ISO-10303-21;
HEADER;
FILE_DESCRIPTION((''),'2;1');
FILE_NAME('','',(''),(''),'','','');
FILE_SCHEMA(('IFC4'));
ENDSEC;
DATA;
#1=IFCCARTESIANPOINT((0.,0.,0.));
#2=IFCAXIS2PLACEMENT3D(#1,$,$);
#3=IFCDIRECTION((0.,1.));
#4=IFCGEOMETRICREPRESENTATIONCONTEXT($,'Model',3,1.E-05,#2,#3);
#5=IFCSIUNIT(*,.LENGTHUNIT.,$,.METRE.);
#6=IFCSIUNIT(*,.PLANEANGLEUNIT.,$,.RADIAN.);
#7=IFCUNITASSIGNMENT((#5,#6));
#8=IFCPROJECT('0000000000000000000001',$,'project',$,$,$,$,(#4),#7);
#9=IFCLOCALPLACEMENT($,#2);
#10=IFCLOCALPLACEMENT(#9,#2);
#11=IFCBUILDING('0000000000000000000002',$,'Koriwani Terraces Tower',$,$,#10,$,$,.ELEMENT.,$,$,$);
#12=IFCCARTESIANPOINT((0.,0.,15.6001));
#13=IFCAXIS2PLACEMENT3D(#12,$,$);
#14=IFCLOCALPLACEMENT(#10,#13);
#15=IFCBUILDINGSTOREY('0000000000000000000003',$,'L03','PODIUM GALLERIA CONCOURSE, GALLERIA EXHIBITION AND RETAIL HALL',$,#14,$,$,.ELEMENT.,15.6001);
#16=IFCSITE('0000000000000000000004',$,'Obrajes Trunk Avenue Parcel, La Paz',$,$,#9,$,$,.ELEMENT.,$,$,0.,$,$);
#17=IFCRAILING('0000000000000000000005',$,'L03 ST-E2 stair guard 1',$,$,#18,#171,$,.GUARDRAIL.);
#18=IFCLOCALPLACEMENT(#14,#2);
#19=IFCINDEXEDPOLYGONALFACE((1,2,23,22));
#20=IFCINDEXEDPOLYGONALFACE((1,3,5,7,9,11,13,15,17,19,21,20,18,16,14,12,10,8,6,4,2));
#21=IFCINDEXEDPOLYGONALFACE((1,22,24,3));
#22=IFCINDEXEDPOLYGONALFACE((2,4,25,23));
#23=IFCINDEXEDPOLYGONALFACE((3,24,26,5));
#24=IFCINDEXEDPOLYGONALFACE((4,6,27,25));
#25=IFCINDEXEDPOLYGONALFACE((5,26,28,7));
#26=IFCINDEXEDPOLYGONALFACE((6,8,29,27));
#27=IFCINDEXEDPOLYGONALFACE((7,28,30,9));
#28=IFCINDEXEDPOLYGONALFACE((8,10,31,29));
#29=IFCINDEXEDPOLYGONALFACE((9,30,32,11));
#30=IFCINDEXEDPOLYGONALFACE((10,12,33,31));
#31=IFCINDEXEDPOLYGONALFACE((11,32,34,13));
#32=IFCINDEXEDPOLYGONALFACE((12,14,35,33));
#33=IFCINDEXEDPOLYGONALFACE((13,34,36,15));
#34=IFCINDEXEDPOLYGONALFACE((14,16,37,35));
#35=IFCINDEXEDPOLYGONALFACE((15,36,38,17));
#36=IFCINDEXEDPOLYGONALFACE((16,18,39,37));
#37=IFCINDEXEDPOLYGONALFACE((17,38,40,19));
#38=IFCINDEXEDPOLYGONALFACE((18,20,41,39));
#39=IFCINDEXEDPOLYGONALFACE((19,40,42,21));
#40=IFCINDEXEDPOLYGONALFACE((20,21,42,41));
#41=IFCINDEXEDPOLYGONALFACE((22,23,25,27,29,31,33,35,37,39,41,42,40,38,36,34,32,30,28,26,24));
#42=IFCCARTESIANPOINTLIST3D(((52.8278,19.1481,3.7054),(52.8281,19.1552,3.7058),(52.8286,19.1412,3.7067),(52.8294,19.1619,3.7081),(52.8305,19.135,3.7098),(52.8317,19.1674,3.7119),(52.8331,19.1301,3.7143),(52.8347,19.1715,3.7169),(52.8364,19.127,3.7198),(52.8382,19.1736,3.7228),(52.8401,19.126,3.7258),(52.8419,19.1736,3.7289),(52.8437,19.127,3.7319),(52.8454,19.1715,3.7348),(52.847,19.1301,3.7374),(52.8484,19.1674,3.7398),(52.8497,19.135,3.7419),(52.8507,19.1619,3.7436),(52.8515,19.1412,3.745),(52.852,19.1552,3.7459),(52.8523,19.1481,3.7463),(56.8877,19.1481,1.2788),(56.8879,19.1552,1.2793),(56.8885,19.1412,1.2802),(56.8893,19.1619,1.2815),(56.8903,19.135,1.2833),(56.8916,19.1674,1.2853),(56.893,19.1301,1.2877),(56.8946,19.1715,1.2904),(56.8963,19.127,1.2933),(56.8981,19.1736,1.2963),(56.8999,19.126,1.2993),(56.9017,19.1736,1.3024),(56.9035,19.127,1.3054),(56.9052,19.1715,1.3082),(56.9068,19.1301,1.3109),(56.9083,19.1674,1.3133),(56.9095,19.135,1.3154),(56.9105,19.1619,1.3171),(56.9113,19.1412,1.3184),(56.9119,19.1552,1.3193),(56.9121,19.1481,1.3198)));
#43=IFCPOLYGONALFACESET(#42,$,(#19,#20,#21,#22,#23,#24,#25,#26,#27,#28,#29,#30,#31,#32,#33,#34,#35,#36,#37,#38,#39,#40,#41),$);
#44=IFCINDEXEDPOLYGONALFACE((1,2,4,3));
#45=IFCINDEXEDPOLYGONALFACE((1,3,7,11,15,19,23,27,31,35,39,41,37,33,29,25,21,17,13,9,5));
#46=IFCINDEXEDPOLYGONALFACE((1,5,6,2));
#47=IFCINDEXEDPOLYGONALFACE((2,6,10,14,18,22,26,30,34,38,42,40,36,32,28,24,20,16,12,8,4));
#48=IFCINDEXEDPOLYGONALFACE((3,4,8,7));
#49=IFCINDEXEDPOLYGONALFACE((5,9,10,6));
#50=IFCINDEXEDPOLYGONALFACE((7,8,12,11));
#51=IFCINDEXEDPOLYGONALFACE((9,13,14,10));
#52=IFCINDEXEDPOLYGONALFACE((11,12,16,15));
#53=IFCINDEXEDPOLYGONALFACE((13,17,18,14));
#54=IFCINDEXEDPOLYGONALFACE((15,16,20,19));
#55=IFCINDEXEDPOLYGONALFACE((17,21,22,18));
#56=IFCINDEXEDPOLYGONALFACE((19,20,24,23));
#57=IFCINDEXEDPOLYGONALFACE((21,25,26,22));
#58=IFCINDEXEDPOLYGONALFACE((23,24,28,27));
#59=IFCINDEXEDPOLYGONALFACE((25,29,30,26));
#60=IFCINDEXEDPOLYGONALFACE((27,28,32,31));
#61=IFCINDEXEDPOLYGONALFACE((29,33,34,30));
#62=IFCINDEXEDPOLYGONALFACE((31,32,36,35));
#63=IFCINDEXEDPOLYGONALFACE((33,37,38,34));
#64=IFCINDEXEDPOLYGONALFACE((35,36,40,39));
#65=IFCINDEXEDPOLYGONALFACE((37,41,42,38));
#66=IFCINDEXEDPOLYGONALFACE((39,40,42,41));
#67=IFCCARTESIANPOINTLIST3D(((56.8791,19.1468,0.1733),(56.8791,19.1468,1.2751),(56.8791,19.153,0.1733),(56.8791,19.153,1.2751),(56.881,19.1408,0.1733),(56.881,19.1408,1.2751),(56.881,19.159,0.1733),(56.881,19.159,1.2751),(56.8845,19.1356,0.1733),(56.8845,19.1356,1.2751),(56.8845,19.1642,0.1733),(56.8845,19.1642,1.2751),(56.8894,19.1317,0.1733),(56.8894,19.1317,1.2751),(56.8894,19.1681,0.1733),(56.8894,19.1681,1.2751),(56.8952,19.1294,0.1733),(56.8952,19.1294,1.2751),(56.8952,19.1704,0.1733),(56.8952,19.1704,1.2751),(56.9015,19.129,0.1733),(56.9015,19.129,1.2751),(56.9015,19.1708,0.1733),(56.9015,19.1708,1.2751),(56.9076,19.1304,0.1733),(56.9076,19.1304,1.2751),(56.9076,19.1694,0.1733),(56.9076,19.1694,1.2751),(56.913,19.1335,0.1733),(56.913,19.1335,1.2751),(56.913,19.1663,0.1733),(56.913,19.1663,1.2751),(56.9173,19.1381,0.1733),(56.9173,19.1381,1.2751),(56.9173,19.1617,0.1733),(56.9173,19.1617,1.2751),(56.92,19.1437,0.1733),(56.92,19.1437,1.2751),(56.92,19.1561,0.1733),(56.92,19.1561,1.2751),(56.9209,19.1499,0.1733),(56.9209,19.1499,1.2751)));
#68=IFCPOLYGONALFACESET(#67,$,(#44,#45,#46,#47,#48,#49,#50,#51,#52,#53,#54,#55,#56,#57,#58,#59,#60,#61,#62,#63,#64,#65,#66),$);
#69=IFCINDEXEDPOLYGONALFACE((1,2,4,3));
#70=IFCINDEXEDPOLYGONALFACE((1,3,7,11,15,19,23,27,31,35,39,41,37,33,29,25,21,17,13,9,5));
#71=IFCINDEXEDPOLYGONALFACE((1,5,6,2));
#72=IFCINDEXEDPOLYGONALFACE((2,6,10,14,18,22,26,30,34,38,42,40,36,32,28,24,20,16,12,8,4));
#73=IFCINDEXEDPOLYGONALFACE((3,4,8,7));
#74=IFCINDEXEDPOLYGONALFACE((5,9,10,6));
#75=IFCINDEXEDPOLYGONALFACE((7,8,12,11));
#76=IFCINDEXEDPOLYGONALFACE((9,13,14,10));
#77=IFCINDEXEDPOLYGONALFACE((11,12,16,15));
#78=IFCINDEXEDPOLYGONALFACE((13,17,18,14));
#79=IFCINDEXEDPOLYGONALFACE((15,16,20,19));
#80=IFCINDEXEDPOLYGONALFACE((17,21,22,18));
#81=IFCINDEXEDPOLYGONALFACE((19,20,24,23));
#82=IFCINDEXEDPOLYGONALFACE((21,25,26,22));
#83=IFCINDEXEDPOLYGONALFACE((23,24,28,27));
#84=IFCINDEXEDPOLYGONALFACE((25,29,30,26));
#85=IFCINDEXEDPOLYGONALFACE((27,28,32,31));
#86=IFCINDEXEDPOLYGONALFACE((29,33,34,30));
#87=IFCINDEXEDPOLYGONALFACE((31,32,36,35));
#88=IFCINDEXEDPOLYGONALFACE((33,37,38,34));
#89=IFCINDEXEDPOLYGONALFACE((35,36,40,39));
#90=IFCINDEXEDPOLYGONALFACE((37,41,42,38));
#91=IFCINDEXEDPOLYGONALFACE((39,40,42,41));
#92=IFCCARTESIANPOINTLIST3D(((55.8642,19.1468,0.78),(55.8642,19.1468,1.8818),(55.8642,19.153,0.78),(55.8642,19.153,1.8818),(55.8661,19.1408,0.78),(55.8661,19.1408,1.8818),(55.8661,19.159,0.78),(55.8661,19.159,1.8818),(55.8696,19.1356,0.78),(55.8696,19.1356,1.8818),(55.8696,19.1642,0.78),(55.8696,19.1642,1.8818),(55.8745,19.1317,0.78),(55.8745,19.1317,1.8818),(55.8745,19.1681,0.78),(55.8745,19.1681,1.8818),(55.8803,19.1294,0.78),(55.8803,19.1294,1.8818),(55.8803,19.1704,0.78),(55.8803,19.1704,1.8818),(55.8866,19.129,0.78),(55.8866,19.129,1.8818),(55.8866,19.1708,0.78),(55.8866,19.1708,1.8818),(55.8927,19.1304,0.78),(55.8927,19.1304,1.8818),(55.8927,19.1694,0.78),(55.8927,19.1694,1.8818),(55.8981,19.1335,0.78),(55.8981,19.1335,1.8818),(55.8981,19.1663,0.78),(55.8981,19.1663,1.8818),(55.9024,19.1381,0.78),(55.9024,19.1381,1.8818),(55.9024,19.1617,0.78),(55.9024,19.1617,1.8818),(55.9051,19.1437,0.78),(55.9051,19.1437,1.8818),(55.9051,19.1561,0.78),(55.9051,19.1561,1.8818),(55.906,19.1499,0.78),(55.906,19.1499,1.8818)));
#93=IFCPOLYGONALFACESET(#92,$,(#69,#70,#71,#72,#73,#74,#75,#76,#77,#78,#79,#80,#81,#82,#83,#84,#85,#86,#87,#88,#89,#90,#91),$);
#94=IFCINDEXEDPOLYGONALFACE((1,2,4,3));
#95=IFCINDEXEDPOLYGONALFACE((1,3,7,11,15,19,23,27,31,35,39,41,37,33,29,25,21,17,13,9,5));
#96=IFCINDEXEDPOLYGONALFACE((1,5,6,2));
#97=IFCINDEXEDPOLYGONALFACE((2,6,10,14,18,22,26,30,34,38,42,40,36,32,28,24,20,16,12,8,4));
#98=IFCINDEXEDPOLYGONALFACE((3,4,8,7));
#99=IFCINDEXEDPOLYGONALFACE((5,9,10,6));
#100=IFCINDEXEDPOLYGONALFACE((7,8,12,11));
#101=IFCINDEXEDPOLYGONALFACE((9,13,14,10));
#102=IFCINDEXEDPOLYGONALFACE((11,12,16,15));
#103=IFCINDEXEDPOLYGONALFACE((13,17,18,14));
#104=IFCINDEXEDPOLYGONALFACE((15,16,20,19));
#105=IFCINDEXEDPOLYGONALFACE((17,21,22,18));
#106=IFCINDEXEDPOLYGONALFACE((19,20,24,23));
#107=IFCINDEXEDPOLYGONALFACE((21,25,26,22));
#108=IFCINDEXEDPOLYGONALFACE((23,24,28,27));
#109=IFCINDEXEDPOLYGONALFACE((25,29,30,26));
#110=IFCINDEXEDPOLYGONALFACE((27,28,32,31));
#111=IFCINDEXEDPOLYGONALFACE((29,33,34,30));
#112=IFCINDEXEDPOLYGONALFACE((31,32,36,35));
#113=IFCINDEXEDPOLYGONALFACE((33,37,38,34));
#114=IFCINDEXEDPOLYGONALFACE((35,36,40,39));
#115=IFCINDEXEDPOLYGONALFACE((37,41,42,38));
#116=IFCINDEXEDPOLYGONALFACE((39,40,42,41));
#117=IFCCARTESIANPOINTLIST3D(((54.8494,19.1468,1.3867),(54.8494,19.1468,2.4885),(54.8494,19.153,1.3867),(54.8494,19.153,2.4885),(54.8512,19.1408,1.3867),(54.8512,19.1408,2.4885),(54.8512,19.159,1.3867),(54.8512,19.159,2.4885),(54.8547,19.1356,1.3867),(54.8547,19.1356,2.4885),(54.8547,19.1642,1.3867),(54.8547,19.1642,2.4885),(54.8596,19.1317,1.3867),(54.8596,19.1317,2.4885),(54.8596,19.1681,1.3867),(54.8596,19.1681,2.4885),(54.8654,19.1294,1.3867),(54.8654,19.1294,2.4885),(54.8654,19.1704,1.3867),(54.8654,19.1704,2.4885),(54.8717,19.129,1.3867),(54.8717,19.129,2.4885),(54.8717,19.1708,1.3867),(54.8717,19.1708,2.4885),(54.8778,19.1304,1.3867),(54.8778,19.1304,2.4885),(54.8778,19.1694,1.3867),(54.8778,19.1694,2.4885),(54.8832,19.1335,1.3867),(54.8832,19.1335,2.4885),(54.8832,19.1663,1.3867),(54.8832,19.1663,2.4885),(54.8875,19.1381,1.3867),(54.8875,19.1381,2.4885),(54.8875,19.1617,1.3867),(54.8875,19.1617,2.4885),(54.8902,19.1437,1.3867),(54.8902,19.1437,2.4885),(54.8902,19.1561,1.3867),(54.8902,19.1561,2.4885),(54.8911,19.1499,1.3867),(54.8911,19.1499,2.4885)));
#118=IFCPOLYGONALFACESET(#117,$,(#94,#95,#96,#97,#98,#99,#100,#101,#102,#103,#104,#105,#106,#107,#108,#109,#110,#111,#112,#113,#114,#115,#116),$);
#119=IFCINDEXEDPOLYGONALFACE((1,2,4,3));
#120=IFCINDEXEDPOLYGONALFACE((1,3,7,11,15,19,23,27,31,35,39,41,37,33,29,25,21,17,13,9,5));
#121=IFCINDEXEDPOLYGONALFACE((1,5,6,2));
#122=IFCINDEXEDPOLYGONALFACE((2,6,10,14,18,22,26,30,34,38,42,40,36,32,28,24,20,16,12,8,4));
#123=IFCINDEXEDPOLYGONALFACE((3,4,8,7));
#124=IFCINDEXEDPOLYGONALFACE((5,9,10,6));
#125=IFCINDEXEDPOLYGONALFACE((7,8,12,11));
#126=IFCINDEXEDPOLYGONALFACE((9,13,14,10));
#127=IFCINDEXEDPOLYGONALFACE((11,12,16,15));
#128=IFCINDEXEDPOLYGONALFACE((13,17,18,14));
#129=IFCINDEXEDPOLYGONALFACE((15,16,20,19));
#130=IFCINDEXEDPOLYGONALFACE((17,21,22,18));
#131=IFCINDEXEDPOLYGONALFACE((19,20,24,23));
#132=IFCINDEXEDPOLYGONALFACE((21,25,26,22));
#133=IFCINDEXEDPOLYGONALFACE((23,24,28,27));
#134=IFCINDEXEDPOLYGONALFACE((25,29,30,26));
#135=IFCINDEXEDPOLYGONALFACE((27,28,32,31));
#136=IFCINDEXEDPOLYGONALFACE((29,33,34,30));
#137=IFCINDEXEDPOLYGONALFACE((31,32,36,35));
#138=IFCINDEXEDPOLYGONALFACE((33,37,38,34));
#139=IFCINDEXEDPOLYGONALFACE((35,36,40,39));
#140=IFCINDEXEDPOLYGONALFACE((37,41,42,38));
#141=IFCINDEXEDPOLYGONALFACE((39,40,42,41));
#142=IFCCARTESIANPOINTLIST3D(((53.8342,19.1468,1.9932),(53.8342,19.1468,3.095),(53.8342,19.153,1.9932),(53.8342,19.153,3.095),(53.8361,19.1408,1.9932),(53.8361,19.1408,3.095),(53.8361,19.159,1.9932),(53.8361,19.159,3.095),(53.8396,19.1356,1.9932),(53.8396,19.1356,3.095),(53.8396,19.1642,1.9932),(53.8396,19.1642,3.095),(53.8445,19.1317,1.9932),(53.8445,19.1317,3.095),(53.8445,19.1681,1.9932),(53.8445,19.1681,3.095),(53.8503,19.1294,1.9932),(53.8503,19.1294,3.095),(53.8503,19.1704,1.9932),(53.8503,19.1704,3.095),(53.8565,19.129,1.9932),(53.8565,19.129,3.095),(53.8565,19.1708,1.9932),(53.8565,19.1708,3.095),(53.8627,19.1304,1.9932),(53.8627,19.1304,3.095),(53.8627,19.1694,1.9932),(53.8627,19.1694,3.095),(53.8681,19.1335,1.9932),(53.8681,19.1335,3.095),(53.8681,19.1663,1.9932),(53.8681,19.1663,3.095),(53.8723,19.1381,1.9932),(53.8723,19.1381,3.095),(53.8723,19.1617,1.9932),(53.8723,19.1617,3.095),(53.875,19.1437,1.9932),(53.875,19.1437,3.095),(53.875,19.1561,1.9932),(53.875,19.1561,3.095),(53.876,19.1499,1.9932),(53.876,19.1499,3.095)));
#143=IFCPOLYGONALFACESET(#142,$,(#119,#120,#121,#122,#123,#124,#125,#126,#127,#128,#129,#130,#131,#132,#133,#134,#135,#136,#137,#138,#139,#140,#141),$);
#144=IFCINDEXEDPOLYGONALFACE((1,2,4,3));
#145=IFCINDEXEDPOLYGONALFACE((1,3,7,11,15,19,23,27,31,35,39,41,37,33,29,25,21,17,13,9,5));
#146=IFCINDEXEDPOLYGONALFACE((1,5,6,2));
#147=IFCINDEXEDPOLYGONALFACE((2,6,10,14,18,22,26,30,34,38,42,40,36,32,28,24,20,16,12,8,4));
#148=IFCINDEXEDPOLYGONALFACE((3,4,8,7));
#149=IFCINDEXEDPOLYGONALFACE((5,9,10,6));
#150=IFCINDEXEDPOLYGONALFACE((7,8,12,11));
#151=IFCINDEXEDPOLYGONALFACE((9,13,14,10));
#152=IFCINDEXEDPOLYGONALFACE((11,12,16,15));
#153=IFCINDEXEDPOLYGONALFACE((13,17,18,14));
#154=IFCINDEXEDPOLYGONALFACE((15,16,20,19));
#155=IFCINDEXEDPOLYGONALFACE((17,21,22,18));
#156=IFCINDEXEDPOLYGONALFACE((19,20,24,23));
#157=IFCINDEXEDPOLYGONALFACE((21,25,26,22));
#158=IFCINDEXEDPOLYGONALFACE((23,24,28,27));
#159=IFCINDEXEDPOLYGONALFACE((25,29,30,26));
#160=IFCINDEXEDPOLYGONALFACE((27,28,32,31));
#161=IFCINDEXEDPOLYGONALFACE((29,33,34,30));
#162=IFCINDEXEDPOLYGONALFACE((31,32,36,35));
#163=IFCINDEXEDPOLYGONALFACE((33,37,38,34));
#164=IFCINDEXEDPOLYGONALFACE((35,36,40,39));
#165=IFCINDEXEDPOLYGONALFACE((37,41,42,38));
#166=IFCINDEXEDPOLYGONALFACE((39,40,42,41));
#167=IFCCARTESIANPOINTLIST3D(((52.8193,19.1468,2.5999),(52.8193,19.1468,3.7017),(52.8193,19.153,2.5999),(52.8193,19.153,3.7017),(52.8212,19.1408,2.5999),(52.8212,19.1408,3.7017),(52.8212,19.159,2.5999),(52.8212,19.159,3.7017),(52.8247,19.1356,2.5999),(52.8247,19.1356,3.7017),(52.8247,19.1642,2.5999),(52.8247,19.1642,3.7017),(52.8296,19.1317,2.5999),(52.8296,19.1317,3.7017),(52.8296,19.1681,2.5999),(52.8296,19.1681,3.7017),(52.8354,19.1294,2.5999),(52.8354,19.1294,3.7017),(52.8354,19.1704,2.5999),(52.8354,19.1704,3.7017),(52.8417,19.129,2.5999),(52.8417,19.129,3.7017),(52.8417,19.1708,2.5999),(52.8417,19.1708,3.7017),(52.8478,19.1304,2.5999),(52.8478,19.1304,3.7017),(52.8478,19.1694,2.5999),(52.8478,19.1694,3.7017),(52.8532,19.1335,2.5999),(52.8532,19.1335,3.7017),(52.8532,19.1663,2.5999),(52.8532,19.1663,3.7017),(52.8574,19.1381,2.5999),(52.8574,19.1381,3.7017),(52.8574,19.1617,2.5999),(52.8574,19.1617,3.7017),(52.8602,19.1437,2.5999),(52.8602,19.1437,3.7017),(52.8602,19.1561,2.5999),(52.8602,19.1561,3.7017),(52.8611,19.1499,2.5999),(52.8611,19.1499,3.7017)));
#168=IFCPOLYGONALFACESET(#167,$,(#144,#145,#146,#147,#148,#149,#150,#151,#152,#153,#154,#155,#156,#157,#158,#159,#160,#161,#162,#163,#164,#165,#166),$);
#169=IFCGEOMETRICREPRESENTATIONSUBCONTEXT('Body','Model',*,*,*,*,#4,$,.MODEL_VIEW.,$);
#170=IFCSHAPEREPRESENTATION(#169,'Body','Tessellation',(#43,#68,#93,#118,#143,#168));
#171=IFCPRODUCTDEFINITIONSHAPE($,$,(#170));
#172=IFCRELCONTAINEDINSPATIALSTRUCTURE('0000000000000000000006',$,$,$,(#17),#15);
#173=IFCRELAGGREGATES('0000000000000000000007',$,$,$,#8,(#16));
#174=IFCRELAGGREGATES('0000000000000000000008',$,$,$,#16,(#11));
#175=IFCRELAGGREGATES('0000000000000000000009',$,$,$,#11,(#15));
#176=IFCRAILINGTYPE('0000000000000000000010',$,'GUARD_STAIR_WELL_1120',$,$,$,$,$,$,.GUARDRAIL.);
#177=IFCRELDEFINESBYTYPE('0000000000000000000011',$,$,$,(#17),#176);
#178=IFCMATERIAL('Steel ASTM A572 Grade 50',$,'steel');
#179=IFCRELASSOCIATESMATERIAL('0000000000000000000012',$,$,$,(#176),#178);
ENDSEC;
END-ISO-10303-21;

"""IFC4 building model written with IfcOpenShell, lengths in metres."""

from ifc_helpers import new_model, si_unit, direction, frame, origin, origin_2d, place, context, subcontext, project, spatial, circle, extrude, material, type_object, element, save


model = new_model("IFC4")

# Units and contexts
model_context = context("Model", 3, precision=1e-05, world=origin(), true_north=direction((0.0, 1.0)))
body_context = subcontext(model_context, "Body", "Model", "MODEL_VIEW")
ifc_project = project(units=[si_unit("LENGTHUNIT", "METRE"), si_unit("PLANEANGLEUNIT", "RADIAN")], contexts=[model_context])

# Site, building, storey
site_placement = place(None, origin())
site = spatial("IfcSite", under=ifc_project, at=site_placement, Name="Obrajes Trunk Avenue Parcel, La Paz", CompositionType="ELEMENT", RefElevation=0.0)
building_placement = place(site_placement, origin())
building = spatial("IfcBuilding", under=site, at=building_placement, Name="Koriwani Terraces Tower", CompositionType="ELEMENT")
storey_placement = place(building_placement, frame((0.0, 0.0, 15.6001)))
storey = spatial("IfcBuildingStorey", under=building, at=storey_placement, Name="L03", Description="PODIUM GALLERIA CONCOURSE, GALLERIA EXHIBITION AND RETAIL HALL", CompositionType="ELEMENT", Elevation=15.6001)

# Shared definitions
ifc_material_1 = material(Name="Steel ASTM A572 Grade 50", Category="steel")

# Railing
railing_type_1 = type_object("IfcRailingType", Name="GUARD_STAIR_WELL_1120", PredefinedType="GUARDRAIL", material=ifc_material_1)
railing_1_placement = place(storey_placement, frame((56.8999, 19.1499, 0.1733)))
element("IfcRailing", 1, at=railing_1_placement, inside=storey, type_object=railing_type_1, Name="L03 ST-E2 stair guard 1", PredefinedType="GUARDRAIL", context=body_context, shape_type="SweptSolid", body=[
    extrude(circle(Radius=0.0239, at=origin_2d()), frame((0.0, 0.0, 1.126), z_axis=(-0.858366, 0.0, 0.513038), x_axis=(0.0, -1.0, 0.0)), (0.0, 0.0, 1.0), 4.7297),
    extrude(circle(Radius=0.021, at=origin_2d()), origin(), (0.0, 0.0, 1.0), 1.1018),
    extrude(circle(Radius=0.021, at=origin_2d()), frame((-1.0149, 0.0, 0.6067)), (0.0, 0.0, 1.0), 1.1018),
    extrude(circle(Radius=0.021, at=origin_2d()), frame((-2.0298, 0.0, 1.2134)), (0.0, 0.0, 1.0), 1.1018),
    extrude(circle(Radius=0.021, at=origin_2d()), frame((-3.0449, 0.0, 1.8198)), (0.0, 0.0, 1.0), 1.1018),
    extrude(circle(Radius=0.021, at=origin_2d()), frame((-4.0598, 0.0, 2.4265)), (0.0, 0.0, 1.0), 1.1018),
])

save(model, "model.ifc")
